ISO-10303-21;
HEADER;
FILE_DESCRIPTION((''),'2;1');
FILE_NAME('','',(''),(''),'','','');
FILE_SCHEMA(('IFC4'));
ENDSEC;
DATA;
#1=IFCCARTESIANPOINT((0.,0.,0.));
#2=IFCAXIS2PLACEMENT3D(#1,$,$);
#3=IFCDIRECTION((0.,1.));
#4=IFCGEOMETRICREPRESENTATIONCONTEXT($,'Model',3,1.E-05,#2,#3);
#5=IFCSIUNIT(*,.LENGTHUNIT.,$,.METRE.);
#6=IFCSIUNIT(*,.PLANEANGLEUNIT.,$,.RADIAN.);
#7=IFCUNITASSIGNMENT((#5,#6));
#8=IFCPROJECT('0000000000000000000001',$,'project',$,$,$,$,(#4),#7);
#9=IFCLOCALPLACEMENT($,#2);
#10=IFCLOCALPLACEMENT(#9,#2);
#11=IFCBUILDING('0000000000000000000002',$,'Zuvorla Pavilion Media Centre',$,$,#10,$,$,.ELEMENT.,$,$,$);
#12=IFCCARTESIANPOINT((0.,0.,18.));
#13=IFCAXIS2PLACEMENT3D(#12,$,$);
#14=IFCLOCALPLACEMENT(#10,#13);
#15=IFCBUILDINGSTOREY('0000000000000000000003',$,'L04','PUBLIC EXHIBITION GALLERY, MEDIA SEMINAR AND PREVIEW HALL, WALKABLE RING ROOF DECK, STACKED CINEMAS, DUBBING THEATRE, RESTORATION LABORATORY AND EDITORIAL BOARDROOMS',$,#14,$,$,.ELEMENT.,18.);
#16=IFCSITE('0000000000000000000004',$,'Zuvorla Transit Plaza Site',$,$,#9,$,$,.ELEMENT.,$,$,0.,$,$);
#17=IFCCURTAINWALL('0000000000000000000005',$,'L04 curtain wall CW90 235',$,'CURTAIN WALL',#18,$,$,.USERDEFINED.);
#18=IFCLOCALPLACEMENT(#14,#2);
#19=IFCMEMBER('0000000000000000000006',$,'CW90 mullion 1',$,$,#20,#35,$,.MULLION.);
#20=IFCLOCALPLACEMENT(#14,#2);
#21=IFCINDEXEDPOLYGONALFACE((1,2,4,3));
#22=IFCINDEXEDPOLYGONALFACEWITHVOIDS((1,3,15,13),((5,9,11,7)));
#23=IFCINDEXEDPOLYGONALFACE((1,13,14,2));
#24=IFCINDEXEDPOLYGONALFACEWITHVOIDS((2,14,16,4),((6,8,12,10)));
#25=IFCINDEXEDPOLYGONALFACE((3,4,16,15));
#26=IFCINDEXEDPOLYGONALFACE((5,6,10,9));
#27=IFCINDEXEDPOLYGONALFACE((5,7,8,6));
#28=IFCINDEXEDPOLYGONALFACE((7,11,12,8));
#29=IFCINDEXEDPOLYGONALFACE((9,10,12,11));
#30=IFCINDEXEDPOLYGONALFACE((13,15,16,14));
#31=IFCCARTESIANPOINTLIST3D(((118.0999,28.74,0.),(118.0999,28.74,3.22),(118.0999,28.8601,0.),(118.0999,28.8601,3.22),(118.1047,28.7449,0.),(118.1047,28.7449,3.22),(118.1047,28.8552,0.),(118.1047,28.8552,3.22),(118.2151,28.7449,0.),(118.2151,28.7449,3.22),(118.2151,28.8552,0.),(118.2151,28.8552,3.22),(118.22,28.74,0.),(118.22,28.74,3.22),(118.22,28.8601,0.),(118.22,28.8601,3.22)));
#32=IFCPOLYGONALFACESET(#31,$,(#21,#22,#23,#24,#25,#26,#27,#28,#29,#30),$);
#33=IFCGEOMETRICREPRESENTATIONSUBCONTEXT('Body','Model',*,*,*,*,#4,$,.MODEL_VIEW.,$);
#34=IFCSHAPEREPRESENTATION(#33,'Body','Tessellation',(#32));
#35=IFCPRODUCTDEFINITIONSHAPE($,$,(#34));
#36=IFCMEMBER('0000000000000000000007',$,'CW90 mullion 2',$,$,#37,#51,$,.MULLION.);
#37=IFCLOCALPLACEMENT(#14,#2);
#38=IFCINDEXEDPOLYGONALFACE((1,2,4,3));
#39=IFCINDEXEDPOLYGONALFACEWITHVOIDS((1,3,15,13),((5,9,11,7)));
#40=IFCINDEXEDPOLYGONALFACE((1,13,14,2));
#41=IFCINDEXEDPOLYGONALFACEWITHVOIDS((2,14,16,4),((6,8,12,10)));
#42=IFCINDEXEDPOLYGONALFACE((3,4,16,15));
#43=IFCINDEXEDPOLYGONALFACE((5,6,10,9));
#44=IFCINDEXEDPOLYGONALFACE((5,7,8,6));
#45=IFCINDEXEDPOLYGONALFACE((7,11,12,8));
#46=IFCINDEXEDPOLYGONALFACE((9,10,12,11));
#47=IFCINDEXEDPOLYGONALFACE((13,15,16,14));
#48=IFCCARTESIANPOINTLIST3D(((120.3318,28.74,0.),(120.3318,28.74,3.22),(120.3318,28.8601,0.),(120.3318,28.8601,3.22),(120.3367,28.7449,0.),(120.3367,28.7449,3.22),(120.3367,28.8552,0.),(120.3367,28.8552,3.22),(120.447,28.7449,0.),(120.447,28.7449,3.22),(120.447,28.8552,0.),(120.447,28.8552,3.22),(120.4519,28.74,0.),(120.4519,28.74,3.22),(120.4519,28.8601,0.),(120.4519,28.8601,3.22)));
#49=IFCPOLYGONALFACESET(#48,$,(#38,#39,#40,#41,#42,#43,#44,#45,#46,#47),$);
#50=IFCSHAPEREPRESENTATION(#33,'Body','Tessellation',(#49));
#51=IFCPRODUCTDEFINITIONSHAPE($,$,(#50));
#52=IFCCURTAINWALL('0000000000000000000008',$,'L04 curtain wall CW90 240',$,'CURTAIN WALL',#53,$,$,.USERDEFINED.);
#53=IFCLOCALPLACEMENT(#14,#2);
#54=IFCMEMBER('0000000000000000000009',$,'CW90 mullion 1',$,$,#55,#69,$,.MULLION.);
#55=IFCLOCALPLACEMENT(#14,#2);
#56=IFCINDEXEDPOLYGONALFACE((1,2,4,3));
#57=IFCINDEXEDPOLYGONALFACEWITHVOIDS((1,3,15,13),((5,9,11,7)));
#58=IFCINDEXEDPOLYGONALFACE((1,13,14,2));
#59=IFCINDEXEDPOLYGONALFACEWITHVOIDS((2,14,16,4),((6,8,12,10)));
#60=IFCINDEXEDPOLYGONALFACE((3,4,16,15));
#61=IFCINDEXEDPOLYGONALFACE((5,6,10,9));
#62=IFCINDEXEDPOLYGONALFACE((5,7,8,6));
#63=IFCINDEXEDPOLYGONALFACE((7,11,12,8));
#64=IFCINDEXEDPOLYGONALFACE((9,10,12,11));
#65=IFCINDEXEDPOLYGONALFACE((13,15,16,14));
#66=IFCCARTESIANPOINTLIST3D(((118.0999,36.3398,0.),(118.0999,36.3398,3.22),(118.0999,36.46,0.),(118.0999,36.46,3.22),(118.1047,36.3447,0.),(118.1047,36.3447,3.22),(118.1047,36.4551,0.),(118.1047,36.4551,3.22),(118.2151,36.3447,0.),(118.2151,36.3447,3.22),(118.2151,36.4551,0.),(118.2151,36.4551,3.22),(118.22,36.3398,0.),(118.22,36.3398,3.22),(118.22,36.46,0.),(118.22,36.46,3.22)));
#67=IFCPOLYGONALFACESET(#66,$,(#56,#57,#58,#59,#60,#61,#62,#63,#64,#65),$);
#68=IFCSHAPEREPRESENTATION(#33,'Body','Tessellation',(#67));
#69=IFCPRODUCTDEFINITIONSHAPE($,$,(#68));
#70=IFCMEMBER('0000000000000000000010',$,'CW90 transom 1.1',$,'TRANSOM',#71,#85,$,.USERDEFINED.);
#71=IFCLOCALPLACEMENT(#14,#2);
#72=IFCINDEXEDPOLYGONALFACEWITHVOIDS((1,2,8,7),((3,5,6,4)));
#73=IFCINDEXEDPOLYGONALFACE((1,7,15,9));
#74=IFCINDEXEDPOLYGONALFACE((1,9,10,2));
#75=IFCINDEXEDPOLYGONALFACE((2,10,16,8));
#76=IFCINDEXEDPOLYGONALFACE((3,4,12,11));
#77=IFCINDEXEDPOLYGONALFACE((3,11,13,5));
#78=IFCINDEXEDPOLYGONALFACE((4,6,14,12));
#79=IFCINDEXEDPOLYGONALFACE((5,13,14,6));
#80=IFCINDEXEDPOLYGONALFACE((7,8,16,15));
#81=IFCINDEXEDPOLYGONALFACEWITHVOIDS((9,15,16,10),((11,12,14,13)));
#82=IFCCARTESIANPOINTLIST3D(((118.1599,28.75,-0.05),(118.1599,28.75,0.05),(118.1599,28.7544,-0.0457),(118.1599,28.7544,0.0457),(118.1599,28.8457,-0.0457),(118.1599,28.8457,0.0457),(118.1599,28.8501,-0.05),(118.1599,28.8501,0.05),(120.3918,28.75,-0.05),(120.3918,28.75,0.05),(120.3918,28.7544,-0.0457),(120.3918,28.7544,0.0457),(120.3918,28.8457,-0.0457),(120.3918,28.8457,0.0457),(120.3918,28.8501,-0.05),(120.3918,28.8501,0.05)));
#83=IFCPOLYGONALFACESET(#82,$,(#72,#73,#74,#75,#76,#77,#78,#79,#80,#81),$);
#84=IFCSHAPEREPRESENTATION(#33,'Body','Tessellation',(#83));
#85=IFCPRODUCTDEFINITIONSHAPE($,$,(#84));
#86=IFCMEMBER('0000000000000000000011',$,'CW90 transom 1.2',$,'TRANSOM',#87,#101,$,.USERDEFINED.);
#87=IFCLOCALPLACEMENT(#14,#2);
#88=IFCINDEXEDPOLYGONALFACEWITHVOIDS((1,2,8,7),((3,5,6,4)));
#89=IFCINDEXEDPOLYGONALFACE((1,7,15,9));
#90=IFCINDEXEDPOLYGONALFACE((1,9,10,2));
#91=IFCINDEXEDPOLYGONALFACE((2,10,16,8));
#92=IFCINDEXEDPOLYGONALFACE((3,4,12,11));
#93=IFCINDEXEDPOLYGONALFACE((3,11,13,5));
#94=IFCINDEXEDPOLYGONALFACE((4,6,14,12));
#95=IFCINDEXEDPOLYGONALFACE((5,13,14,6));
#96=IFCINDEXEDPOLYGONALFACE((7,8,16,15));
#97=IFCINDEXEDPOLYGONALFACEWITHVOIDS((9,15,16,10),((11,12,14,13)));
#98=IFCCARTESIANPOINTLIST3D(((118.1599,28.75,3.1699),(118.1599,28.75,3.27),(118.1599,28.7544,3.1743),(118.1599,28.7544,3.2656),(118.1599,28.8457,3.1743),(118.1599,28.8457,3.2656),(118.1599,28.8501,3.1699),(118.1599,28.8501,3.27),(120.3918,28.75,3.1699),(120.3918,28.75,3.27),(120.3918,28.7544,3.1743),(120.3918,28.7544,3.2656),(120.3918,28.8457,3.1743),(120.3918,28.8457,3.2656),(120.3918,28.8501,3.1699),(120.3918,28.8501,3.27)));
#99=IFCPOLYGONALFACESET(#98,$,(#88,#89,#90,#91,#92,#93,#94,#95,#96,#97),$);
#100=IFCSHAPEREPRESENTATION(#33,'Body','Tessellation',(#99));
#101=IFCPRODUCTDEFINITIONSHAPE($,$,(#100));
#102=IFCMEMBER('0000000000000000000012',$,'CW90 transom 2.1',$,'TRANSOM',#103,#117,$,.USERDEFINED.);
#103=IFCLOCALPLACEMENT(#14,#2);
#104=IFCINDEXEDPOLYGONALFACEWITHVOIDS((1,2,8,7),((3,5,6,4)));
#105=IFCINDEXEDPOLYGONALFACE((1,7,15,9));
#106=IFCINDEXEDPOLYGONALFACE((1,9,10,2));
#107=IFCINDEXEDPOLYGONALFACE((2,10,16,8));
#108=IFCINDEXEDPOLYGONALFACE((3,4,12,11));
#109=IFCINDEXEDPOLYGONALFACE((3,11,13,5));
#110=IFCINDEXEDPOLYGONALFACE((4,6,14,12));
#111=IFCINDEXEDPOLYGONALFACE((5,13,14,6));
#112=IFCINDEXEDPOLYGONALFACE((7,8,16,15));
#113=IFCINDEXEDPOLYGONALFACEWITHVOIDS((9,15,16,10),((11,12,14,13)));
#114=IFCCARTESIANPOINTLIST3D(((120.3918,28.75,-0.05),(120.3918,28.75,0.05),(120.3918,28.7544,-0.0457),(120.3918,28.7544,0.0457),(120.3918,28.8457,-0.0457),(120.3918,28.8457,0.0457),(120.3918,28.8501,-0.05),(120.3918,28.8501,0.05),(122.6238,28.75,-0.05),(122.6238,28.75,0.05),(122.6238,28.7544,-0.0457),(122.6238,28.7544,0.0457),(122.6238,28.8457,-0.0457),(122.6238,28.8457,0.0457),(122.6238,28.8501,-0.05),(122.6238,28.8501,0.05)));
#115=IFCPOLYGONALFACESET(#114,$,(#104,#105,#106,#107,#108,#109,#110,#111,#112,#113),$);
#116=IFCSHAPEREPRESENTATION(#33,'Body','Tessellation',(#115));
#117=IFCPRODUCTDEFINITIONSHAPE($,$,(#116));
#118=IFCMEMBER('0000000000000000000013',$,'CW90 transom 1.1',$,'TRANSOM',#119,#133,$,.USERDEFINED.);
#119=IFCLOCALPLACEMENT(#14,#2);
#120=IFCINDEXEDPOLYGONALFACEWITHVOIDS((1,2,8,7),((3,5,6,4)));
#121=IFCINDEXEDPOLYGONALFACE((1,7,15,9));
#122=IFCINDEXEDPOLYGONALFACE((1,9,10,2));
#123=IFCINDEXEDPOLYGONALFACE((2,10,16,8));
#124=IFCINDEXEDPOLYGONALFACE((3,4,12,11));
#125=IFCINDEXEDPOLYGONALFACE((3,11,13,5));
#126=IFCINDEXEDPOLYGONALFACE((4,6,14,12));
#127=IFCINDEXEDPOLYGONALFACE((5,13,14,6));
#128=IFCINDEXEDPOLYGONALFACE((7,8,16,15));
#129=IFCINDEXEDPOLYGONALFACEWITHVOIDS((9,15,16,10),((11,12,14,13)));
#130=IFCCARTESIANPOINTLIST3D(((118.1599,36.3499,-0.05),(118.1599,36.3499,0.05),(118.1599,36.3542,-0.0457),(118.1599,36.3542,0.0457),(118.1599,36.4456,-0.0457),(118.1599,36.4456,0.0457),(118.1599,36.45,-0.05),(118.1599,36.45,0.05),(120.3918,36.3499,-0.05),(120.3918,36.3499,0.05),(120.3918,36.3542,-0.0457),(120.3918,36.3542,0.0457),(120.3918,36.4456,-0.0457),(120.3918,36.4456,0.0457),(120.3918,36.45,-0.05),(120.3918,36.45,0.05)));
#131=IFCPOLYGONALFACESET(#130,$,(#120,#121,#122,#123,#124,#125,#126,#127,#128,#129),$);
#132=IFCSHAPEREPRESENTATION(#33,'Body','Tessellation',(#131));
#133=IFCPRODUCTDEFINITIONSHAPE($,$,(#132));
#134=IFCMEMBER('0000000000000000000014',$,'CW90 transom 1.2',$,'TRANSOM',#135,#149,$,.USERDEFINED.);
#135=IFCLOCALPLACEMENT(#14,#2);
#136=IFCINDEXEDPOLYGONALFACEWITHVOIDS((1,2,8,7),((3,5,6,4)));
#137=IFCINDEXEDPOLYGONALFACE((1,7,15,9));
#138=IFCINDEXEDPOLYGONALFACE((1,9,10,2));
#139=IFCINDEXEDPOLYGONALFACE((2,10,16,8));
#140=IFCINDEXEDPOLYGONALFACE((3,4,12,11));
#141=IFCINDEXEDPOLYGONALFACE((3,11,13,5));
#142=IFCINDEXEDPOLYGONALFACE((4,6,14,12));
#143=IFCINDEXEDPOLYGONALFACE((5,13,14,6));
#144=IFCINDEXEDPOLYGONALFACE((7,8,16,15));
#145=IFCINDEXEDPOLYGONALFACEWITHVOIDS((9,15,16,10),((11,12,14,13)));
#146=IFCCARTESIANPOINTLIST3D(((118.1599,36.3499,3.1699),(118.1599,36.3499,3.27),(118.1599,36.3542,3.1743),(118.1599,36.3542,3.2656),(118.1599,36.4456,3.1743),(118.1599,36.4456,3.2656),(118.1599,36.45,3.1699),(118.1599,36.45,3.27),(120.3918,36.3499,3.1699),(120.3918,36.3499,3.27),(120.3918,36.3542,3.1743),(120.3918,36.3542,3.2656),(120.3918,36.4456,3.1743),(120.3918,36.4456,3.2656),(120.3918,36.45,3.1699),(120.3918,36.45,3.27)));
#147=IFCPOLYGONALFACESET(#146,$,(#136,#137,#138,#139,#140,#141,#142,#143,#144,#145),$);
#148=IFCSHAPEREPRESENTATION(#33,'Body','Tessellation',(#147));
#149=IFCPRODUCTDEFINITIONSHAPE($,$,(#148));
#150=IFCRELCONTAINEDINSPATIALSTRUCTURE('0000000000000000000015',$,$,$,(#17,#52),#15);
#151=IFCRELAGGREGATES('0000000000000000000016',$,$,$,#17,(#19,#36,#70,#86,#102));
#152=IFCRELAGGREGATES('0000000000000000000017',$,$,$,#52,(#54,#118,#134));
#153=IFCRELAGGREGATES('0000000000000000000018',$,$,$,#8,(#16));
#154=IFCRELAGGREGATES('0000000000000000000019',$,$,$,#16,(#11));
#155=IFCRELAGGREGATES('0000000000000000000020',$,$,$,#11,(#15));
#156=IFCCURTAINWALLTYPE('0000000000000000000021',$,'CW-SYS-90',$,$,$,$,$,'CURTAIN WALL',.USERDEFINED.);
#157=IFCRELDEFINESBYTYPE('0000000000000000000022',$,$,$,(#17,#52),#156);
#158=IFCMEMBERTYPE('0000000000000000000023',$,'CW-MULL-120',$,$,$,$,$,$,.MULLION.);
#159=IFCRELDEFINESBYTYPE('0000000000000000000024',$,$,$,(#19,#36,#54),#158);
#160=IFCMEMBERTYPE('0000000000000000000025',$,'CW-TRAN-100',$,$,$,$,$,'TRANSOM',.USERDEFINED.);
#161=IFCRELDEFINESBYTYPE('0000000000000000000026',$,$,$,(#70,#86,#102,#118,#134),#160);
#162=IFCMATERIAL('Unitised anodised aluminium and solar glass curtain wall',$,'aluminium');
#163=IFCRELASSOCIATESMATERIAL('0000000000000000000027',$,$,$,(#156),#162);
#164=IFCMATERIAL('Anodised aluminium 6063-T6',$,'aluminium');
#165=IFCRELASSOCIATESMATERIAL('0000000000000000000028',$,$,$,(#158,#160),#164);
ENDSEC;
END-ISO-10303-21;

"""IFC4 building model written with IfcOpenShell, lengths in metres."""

from ifc_helpers import new_model, si_unit, direction, frame, origin, origin_2d, place, context, subcontext, project, spatial, hollow_rectangle, extrude, material, material_profile, profile_set, type_object, element, aggregate, save


model = new_model("IFC4")

# Units and contexts
model_context = context("Model", 3, precision=1e-05, world=origin(), true_north=direction((0.0, 1.0)))
body_context = subcontext(model_context, "Body", "Model", "MODEL_VIEW")
ifc_project = project(units=[si_unit("LENGTHUNIT", "METRE"), si_unit("PLANEANGLEUNIT", "RADIAN")], contexts=[model_context])

# Site, building, storey
site_placement = place(None, origin())
site = spatial("IfcSite", under=ifc_project, at=site_placement, Name="Zuvorla Transit Plaza Site", CompositionType="ELEMENT", RefElevation=0.0)
building_placement = place(site_placement, origin())
building = spatial("IfcBuilding", under=site, at=building_placement, Name="Zuvorla Pavilion Media Centre", CompositionType="ELEMENT")
storey_placement = place(building_placement, frame((0.0, 0.0, 18.0)))
storey = spatial("IfcBuildingStorey", under=building, at=storey_placement, Name="L04", Description="PUBLIC EXHIBITION GALLERY, MEDIA SEMINAR AND PREVIEW HALL, WALKABLE RING ROOF DECK, STACKED CINEMAS, DUBBING THEATRE, RESTORATION LABORATORY AND EDITORIAL BOARDROOMS", CompositionType="ELEMENT", Elevation=18.0)

# Curtain wall, members
ifc_material_1 = material(Name="Unitised anodised aluminium and solar glass curtain wall", Category="aluminium")
curtain_wall_type = type_object("IfcCurtainWallType", Name="CW-SYS-90", ElementType="CURTAIN WALL", PredefinedType="USERDEFINED", material=ifc_material_1)
curtain_wall_1_placement = place(storey_placement, origin())
curtain_wall_1 = element("IfcCurtainWall", 1, at=curtain_wall_1_placement, inside=storey, type_object=curtain_wall_type, Name="L04 curtain wall CW90 235", ObjectType="CURTAIN WALL", PredefinedType="USERDEFINED")
ifc_material_2 = material(Name="Anodised aluminium 6063-T6", Category="aluminium")
ifc_material_profile_1 = material_profile(ifc_material_2, hollow_rectangle(XDim=0.1201, YDim=0.1201, WallThickness=0.0049, at=origin_2d()), Name="ALU MULL 120x120")
ifc_profile_set_1 = profile_set([ifc_material_profile_1], Name="Anodised aluminium 6063-T6")
member_type_1 = type_object("IfcMemberType", Name="CW-MULL-120", PredefinedType="MULLION", material=ifc_profile_set_1)
member_1_placement = place(storey_placement, frame((118.1599, 28.8, 0.0), z_axis=(0.0, 0.0, 1.0), x_axis=(1.0, 0.0, 0.0)))
member_1 = element("IfcMember", 2, at=member_1_placement, type_object=member_type_1, Name="CW90 mullion 1", PredefinedType="MULLION", context=body_context, shape_type="SweptSolid", body=[
    extrude(hollow_rectangle(XDim=0.1201, YDim=0.1201, WallThickness=0.0049, at=origin_2d()), origin(), (0.0, 0.0, 1.0), 3.22),
])
member_2_placement = place(storey_placement, frame((120.3918, 28.8, 0.0), z_axis=(0.0, 0.0, 1.0), x_axis=(1.0, 0.0, 0.0)))
member_2 = element("IfcMember", 3, at=member_2_placement, type_object=member_type_1, Name="CW90 mullion 2", PredefinedType="MULLION", context=body_context, shape_type="SweptSolid", body=[
    extrude(hollow_rectangle(XDim=0.1201, YDim=0.1201, WallThickness=0.0049, at=origin_2d()), origin(), (0.0, 0.0, 1.0), 3.22),
])

# Curtain wall, member
curtain_wall_2_placement = place(storey_placement, origin())
curtain_wall_2 = element("IfcCurtainWall", 4, at=curtain_wall_2_placement, inside=storey, type_object=curtain_wall_type, Name="L04 curtain wall CW90 240", ObjectType="CURTAIN WALL", PredefinedType="USERDEFINED")
member_3_placement = place(storey_placement, frame((118.1599, 36.3999, 0.0), z_axis=(0.0, 0.0, 1.0), x_axis=(1.0, 0.0, 0.0)))
member_3 = element("IfcMember", 5, at=member_3_placement, type_object=member_type_1, Name="CW90 mullion 1", PredefinedType="MULLION", context=body_context, shape_type="SweptSolid", body=[
    extrude(hollow_rectangle(XDim=0.1201, YDim=0.1201, WallThickness=0.0049, at=origin_2d()), origin(), (0.0, 0.0, 1.0), 3.22),
])

# Members
ifc_material_profile_2 = material_profile(ifc_material_2, hollow_rectangle(XDim=0.1001, YDim=0.1001, WallThickness=0.0044, at=origin_2d()), Name="ALU TRAN 100x100")
ifc_profile_set_2 = profile_set([ifc_material_profile_2], Name="Anodised aluminium 6063-T6")
member_type_2 = type_object("IfcMemberType", Name="CW-TRAN-100", ElementType="TRANSOM", PredefinedType="USERDEFINED", material=ifc_profile_set_2)
member_4_placement = place(storey_placement, frame((118.1599, 28.8, 0.0), z_axis=(1.0, 0.0, 0.0), x_axis=(0.0, 1.0, 0.0)))
member_4 = element("IfcMember", 6, at=member_4_placement, type_object=member_type_2, Name="CW90 transom 1.1", ObjectType="TRANSOM", PredefinedType="USERDEFINED", context=body_context, shape_type="SweptSolid", body=[
    extrude(hollow_rectangle(XDim=0.1001, YDim=0.1001, WallThickness=0.0044, at=origin_2d()), origin(), (0.0, 0.0, 1.0), 2.2319),
])
member_5_placement = place(storey_placement, frame((118.1599, 28.8, 3.22), z_axis=(1.0, 0.0, 0.0), x_axis=(0.0, 1.0, 0.0)))
member_5 = element("IfcMember", 7, at=member_5_placement, type_object=member_type_2, Name="CW90 transom 1.2", ObjectType="TRANSOM", PredefinedType="USERDEFINED", context=body_context, shape_type="SweptSolid", body=[
    extrude(hollow_rectangle(XDim=0.1001, YDim=0.1001, WallThickness=0.0044, at=origin_2d()), origin(), (0.0, 0.0, 1.0), 2.2319),
])
member_6_placement = place(storey_placement, frame((120.3918, 28.8, 0.0), z_axis=(1.0, 0.0, 0.0), x_axis=(0.0, 1.0, 0.0)))
member_6 = element("IfcMember", 8, at=member_6_placement, type_object=member_type_2, Name="CW90 transom 2.1", ObjectType="TRANSOM", PredefinedType="USERDEFINED", context=body_context, shape_type="SweptSolid", body=[
    extrude(hollow_rectangle(XDim=0.1001, YDim=0.1001, WallThickness=0.0044, at=origin_2d()), origin(), (0.0, 0.0, 1.0), 2.2319),
])
member_7_placement = place(storey_placement, frame((118.1599, 36.3999, 0.0), z_axis=(1.0, 0.0, 0.0), x_axis=(0.0, 1.0, 0.0)))
member_7 = element("IfcMember", 9, at=member_7_placement, type_object=member_type_2, Name="CW90 transom 1.1", ObjectType="TRANSOM", PredefinedType="USERDEFINED", context=body_context, shape_type="SweptSolid", body=[
    extrude(hollow_rectangle(XDim=0.1001, YDim=0.1001, WallThickness=0.0044, at=origin_2d()), origin(), (0.0, 0.0, 1.0), 2.2319),
])
member_8_placement = place(storey_placement, frame((118.1599, 36.3999, 3.22), z_axis=(1.0, 0.0, 0.0), x_axis=(0.0, 1.0, 0.0)))
member_8 = element("IfcMember", 10, at=member_8_placement, type_object=member_type_2, Name="CW90 transom 1.2", ObjectType="TRANSOM", PredefinedType="USERDEFINED", context=body_context, shape_type="SweptSolid", body=[
    extrude(hollow_rectangle(XDim=0.1001, YDim=0.1001, WallThickness=0.0044, at=origin_2d()), origin(), (0.0, 0.0, 1.0), 2.2319),
])

aggregate(curtain_wall_1, [member_1, member_2, member_4, member_5, member_6])
aggregate(curtain_wall_2, [member_3, member_7, member_8])

save(model, "model.ifc")
